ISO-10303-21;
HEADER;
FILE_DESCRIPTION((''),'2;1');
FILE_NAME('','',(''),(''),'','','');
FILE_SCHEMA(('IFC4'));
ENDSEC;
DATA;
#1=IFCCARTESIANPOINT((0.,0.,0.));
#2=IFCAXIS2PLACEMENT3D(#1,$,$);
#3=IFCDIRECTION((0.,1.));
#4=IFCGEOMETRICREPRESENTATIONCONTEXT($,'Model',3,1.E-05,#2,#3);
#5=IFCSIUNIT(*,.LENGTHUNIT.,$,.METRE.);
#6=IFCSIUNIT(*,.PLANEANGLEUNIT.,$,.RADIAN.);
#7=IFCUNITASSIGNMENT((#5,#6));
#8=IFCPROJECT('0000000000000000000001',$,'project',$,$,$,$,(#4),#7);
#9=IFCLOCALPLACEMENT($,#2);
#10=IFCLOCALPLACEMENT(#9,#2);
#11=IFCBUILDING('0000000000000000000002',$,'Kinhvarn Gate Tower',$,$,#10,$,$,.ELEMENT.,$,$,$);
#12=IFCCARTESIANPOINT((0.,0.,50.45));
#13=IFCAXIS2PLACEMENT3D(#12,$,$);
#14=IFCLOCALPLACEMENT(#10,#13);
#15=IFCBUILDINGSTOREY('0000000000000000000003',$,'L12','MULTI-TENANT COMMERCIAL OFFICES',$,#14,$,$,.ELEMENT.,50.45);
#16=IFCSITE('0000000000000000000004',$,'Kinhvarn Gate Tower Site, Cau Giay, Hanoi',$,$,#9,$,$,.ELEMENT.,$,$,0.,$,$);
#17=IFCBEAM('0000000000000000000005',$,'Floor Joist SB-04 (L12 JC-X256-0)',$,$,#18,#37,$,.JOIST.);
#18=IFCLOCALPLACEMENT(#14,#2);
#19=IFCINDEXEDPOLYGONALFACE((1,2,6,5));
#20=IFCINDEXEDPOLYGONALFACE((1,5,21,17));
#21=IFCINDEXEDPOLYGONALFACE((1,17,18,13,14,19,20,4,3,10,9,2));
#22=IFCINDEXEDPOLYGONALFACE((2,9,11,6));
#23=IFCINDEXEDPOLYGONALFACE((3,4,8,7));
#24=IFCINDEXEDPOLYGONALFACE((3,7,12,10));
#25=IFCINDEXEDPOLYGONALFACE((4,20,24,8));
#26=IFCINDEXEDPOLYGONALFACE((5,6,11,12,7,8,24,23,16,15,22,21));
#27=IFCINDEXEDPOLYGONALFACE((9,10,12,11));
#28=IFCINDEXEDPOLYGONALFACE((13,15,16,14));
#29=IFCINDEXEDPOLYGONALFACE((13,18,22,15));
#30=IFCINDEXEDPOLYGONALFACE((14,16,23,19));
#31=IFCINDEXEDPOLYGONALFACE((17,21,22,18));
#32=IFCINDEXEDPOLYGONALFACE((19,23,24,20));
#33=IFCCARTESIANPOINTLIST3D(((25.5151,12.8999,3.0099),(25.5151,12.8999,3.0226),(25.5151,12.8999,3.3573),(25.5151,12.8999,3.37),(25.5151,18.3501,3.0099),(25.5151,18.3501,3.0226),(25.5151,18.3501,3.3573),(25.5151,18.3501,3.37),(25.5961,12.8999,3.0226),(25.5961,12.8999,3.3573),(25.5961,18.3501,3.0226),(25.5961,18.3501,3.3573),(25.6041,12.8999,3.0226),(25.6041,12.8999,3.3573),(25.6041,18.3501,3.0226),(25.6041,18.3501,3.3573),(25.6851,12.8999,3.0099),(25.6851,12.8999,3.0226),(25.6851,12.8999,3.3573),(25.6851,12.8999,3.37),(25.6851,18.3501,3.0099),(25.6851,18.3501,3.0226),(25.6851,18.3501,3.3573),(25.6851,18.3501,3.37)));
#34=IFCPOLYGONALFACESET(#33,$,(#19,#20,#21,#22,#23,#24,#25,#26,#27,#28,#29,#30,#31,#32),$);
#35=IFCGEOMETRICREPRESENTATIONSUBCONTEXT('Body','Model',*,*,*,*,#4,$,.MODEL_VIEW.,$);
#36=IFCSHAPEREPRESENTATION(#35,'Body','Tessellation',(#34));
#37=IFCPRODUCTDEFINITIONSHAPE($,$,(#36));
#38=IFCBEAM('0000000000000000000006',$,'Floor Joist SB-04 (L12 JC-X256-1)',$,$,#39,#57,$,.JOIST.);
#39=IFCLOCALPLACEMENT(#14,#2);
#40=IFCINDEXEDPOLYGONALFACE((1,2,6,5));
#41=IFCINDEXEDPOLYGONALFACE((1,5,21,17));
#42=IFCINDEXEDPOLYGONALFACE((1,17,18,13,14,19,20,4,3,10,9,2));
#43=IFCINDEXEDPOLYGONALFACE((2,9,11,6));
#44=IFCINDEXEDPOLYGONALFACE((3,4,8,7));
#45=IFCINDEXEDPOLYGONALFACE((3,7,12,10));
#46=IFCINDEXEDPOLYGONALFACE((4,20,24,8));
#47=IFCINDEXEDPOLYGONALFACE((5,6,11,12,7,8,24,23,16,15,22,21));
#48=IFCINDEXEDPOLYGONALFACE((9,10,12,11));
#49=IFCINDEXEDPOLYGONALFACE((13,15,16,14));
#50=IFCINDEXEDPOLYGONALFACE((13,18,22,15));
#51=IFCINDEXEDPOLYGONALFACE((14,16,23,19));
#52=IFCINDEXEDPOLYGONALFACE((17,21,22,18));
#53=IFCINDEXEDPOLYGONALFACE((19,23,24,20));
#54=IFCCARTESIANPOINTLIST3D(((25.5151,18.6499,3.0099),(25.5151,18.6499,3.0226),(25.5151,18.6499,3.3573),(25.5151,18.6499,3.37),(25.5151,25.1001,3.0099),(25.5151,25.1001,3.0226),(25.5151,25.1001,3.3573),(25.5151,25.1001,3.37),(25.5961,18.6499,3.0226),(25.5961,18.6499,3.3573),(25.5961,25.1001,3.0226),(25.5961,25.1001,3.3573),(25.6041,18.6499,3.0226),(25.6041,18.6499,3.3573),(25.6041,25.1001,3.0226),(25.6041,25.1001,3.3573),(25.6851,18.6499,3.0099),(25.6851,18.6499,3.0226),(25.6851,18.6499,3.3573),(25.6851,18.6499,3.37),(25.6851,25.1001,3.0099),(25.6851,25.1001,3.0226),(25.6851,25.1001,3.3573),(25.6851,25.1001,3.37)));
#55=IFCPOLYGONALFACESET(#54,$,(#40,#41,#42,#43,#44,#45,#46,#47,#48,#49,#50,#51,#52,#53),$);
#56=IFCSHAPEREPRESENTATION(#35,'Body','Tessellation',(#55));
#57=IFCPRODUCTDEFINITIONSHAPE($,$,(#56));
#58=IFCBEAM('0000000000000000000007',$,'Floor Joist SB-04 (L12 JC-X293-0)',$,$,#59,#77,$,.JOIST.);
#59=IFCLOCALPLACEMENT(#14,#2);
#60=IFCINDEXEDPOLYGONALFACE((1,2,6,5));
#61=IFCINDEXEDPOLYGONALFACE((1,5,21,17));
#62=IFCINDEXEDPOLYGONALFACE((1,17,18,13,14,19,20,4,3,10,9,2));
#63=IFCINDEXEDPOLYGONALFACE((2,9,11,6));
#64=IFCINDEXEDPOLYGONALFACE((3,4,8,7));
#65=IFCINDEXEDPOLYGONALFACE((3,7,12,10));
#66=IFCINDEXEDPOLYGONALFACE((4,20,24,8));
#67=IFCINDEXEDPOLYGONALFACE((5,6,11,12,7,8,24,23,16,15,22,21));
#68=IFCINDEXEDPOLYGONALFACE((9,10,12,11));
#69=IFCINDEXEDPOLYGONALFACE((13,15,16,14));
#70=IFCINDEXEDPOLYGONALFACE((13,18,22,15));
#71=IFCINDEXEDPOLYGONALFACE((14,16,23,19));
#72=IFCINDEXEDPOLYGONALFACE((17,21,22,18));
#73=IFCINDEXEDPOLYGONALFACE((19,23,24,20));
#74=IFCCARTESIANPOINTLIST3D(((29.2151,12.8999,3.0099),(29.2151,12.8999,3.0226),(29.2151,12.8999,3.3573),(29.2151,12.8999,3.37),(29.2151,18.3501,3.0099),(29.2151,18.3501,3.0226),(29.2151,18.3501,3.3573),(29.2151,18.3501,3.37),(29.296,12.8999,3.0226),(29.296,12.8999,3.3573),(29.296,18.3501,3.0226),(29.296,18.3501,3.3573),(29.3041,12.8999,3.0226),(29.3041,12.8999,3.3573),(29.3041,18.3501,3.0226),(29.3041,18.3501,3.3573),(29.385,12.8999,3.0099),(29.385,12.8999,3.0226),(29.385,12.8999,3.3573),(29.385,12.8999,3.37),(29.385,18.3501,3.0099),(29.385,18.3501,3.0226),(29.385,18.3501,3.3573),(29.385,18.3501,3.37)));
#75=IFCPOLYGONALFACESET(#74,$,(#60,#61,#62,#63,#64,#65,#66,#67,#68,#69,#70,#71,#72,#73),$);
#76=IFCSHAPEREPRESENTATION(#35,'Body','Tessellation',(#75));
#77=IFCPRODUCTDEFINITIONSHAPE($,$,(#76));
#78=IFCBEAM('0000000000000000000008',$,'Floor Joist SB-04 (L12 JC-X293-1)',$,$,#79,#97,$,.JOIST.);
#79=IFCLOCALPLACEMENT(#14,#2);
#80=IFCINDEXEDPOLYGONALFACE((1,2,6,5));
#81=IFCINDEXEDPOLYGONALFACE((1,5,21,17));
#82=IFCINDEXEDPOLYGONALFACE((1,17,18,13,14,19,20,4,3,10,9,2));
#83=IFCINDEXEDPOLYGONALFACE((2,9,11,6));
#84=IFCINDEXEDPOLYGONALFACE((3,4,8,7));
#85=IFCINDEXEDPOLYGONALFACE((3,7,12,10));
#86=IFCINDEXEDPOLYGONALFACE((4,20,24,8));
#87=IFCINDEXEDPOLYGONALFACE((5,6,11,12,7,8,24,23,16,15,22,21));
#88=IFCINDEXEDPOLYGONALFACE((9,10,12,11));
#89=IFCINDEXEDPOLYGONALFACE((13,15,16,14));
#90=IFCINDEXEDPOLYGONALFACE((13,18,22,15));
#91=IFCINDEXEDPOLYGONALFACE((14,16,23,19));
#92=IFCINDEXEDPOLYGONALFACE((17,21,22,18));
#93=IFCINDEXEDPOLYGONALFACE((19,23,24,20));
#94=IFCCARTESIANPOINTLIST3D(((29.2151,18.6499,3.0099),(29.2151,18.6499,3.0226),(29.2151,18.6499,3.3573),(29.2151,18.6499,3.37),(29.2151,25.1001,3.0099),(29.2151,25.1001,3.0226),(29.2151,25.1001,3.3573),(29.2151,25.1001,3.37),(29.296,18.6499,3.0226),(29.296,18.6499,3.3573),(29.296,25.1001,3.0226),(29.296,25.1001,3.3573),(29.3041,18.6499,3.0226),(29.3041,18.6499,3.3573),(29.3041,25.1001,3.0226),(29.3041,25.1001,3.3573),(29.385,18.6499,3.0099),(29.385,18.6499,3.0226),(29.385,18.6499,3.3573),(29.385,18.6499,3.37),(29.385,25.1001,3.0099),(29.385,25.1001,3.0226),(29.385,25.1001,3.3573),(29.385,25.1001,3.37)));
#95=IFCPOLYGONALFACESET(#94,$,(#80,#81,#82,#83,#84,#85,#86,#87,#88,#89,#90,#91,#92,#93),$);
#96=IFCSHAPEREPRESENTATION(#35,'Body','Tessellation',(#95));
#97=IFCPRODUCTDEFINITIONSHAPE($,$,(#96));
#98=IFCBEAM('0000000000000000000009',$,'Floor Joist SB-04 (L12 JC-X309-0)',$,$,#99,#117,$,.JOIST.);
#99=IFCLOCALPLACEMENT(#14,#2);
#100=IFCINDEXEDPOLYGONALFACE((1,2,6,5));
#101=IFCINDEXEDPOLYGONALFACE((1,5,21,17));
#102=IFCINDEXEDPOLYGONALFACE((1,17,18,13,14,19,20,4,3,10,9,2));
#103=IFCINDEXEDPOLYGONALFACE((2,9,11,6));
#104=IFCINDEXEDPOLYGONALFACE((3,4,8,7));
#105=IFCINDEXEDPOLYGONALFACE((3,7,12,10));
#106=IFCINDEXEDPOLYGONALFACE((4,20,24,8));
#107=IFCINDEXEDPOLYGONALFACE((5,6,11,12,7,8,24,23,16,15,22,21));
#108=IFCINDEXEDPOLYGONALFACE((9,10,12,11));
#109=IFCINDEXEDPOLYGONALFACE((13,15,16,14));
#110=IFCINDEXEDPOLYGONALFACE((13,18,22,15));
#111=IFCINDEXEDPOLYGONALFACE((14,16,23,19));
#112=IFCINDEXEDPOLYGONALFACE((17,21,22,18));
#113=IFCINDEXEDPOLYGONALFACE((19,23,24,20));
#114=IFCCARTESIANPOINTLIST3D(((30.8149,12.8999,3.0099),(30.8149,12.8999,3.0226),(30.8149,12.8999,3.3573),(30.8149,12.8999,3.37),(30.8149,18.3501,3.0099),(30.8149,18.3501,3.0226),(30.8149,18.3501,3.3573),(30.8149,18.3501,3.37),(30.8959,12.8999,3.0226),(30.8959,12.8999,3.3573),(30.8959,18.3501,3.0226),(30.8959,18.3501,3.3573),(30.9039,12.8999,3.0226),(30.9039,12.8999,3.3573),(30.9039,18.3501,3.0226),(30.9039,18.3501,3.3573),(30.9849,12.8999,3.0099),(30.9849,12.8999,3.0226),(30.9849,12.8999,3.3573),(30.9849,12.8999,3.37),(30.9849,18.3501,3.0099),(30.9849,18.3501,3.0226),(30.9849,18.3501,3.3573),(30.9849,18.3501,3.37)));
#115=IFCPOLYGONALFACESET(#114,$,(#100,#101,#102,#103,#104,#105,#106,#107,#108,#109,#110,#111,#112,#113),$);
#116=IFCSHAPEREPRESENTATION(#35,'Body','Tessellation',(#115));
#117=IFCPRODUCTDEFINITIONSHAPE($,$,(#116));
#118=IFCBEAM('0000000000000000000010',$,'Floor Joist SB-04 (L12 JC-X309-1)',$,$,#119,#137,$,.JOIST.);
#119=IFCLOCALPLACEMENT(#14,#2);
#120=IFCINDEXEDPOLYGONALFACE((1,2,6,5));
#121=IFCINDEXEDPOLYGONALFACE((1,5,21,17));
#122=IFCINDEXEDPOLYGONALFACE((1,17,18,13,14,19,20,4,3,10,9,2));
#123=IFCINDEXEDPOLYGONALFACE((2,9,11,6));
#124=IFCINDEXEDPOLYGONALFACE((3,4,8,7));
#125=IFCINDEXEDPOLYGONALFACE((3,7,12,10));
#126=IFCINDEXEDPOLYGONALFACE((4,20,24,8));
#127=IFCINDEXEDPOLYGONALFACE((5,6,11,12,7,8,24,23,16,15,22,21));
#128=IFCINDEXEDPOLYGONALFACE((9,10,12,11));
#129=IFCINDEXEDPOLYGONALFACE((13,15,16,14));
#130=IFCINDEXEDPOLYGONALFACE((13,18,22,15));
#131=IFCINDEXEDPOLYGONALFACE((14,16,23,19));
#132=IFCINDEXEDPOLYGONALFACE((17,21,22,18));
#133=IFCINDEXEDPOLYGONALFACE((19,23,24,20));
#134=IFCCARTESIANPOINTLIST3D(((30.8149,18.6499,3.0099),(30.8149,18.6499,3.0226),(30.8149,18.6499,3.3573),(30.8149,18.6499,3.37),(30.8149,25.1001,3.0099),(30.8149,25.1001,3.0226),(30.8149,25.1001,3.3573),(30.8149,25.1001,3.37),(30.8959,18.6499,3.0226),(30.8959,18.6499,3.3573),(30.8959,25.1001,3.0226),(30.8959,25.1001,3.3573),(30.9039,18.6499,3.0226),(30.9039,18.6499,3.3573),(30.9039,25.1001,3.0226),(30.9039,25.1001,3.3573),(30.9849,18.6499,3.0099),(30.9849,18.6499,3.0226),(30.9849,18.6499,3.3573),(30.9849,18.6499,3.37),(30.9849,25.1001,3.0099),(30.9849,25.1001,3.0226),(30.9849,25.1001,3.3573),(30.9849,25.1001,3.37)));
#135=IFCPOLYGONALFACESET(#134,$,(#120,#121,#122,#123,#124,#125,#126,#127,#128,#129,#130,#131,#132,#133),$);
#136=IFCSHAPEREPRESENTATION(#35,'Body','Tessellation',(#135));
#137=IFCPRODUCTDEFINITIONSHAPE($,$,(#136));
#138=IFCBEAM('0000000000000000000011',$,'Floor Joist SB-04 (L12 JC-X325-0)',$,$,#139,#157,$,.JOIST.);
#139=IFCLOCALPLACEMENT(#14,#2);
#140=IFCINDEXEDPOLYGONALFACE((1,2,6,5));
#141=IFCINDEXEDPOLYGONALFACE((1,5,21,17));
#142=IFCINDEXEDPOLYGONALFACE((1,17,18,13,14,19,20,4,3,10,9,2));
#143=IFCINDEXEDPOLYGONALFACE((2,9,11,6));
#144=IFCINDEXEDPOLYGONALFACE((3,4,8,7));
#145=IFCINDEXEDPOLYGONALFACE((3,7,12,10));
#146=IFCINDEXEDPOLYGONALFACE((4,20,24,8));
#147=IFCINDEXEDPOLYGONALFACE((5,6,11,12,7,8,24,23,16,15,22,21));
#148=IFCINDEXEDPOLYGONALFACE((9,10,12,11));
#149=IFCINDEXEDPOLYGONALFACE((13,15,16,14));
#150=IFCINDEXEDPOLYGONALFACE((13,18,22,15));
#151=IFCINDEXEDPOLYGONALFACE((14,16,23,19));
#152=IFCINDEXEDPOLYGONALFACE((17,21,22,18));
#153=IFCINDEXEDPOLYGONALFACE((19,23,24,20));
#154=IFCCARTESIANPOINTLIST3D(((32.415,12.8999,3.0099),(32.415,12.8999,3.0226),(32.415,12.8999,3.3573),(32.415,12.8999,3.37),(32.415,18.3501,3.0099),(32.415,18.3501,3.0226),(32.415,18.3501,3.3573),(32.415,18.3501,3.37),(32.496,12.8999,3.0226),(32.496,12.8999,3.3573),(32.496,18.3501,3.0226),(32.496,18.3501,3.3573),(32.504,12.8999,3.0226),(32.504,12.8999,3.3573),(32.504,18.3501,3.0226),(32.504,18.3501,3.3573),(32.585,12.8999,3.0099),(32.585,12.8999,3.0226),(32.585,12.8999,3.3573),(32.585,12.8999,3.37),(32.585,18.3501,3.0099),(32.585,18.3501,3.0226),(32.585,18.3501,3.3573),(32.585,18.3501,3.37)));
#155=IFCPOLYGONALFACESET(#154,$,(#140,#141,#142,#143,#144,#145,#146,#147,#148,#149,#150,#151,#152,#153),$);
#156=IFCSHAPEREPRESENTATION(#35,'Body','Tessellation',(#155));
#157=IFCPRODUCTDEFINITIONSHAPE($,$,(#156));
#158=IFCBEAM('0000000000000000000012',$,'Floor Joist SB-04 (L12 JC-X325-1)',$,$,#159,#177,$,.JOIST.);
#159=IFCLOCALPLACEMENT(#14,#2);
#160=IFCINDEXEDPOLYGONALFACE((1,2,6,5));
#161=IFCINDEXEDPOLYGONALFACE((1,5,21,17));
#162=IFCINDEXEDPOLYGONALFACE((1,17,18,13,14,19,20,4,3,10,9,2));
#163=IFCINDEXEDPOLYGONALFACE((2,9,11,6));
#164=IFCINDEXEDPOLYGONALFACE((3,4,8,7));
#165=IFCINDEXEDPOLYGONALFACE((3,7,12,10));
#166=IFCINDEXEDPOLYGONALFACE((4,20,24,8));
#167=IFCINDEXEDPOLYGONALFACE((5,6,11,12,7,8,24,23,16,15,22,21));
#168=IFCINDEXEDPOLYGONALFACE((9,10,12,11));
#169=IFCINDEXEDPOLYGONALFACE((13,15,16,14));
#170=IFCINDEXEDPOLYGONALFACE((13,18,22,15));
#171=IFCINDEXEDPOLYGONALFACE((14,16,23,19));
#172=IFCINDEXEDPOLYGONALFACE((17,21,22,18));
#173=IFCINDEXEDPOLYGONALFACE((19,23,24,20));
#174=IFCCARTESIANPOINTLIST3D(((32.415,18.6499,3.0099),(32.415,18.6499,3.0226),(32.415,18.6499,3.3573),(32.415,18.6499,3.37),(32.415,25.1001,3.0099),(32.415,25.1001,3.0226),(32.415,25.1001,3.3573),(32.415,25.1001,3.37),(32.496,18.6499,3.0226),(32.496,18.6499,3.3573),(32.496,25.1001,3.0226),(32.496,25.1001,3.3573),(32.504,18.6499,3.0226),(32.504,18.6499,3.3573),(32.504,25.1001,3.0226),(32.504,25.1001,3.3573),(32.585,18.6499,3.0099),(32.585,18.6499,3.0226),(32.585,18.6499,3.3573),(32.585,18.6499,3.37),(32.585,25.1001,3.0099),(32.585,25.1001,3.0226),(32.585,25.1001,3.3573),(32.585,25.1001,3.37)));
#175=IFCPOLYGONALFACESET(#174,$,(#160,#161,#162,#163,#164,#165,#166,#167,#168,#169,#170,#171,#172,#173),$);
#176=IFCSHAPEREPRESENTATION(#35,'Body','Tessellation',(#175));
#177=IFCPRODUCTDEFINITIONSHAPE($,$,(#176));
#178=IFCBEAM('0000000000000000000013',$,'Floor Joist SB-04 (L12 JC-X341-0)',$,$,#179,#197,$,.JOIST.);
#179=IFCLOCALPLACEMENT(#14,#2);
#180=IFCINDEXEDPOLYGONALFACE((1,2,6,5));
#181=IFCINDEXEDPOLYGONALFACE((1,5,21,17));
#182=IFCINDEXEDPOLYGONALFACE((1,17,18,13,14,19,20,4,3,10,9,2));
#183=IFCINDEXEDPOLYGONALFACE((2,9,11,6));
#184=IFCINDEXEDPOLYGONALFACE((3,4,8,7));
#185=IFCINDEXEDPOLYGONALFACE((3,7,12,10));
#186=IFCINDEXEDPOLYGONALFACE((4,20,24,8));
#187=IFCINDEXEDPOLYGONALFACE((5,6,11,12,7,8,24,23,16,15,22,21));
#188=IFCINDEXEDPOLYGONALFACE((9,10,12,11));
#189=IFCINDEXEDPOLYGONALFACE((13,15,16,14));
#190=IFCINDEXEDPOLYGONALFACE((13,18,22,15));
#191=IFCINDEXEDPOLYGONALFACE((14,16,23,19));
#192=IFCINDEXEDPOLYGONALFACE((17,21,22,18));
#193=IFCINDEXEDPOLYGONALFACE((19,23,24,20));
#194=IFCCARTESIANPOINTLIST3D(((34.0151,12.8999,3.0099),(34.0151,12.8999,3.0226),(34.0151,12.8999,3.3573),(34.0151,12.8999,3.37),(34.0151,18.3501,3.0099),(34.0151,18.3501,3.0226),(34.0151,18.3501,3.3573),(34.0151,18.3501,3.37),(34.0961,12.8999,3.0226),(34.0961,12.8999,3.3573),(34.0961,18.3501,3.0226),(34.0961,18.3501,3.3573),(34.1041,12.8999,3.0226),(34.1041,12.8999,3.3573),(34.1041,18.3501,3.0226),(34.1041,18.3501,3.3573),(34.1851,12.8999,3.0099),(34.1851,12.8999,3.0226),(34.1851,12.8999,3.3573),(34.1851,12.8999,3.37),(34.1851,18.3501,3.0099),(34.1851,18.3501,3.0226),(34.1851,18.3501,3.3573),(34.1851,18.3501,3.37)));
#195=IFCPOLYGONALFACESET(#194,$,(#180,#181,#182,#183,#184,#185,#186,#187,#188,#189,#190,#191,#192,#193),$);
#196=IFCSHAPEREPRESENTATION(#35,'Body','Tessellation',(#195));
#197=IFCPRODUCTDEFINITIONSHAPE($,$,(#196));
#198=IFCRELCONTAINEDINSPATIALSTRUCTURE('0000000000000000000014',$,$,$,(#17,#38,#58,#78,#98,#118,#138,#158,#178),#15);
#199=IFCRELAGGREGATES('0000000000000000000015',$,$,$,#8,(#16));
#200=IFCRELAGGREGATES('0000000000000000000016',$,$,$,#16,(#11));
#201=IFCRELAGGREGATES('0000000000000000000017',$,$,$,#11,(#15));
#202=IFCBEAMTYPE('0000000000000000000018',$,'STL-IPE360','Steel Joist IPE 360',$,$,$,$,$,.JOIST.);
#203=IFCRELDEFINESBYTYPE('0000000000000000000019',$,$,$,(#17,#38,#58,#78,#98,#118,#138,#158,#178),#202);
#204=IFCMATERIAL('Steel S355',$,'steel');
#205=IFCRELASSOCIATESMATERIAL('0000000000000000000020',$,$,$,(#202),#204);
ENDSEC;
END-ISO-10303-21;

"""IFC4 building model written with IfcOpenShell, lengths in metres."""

from ifc_helpers import new_model, si_unit, direction, frame, origin, origin_2d, place, context, subcontext, project, spatial, i_section, extrude, material, material_profile, profile_set, type_object, element, save


model = new_model("IFC4")

# Units and contexts
model_context = context("Model", 3, precision=1e-05, world=origin(), true_north=direction((0.0, 1.0)))
body_context = subcontext(model_context, "Body", "Model", "MODEL_VIEW")
ifc_project = project(units=[si_unit("LENGTHUNIT", "METRE"), si_unit("PLANEANGLEUNIT", "RADIAN")], contexts=[model_context])

# Site, building, storey
site_placement = place(None, origin())
site = spatial("IfcSite", under=ifc_project, at=site_placement, Name="Kinhvarn Gate Tower Site, Cau Giay, Hanoi", CompositionType="ELEMENT", RefElevation=0.0)
building_placement = place(site_placement, origin())
building = spatial("IfcBuilding", under=site, at=building_placement, Name="Kinhvarn Gate Tower", CompositionType="ELEMENT")
storey_placement = place(building_placement, frame((0.0, 0.0, 50.45)))
storey = spatial("IfcBuildingStorey", under=building, at=storey_placement, Name="L12", Description="MULTI-TENANT COMMERCIAL OFFICES", CompositionType="ELEMENT", Elevation=50.45)

# Beams
ifc_material_1 = material(Name="Steel S355", Category="steel")
ifc_material_profile_1 = material_profile(ifc_material_1, i_section(OverallWidth=0.1699, OverallDepth=0.3601, WebThickness=0.0081, FlangeThickness=0.0127, at=origin_2d()), Name="IPE 360")
ifc_profile_set_1 = profile_set([ifc_material_profile_1], Name="Steel S355")
beam_type_1 = type_object("IfcBeamType", Name="STL-IPE360", Description="Steel Joist IPE 360", PredefinedType="JOIST", material=ifc_profile_set_1)
beam_1_placement = place(storey_placement, frame((25.6001, 12.8999, 3.1899), z_axis=(0.0, 1.0, 0.0), x_axis=(-1.0, 0.0, 0.0)))
element("IfcBeam", 1, at=beam_1_placement, inside=storey, type_object=beam_type_1, Name="Floor Joist SB-04 (L12 JC-X256-0)", PredefinedType="JOIST", context=body_context, shape_type="SweptSolid", body=[
    extrude(i_section(OverallWidth=0.1699, OverallDepth=0.3601, WebThickness=0.0081, FlangeThickness=0.0127, at=origin_2d()), origin(), (0.0, 0.0, 1.0), 5.4502),
])
beam_2_placement = place(storey_placement, frame((25.6001, 18.6499, 3.1899), z_axis=(0.0, 1.0, 0.0), x_axis=(-1.0, 0.0, 0.0)))
element("IfcBeam", 2, at=beam_2_placement, inside=storey, type_object=beam_type_1, Name="Floor Joist SB-04 (L12 JC-X256-1)", PredefinedType="JOIST", context=body_context, shape_type="SweptSolid", body=[
    extrude(i_section(OverallWidth=0.1699, OverallDepth=0.3601, WebThickness=0.0081, FlangeThickness=0.0127, at=origin_2d()), origin(), (0.0, 0.0, 1.0), 6.4502),
])
beam_3_placement = place(storey_placement, frame((29.3, 12.8999, 3.1899), z_axis=(0.0, 1.0, 0.0), x_axis=(-1.0, 0.0, 0.0)))
element("IfcBeam", 3, at=beam_3_placement, inside=storey, type_object=beam_type_1, Name="Floor Joist SB-04 (L12 JC-X293-0)", PredefinedType="JOIST", context=body_context, shape_type="SweptSolid", body=[
    extrude(i_section(OverallWidth=0.1699, OverallDepth=0.3601, WebThickness=0.0081, FlangeThickness=0.0127, at=origin_2d()), origin(), (0.0, 0.0, 1.0), 5.4502),
])
beam_4_placement = place(storey_placement, frame((29.3, 18.6499, 3.1899), z_axis=(0.0, 1.0, 0.0), x_axis=(-1.0, 0.0, 0.0)))
element("IfcBeam", 4, at=beam_4_placement, inside=storey, type_object=beam_type_1, Name="Floor Joist SB-04 (L12 JC-X293-1)", PredefinedType="JOIST", context=body_context, shape_type="SweptSolid", body=[
    extrude(i_section(OverallWidth=0.1699, OverallDepth=0.3601, WebThickness=0.0081, FlangeThickness=0.0127, at=origin_2d()), origin(), (0.0, 0.0, 1.0), 6.4502),
])
beam_5_placement = place(storey_placement, frame((30.8999, 12.8999, 3.1899), z_axis=(0.0, 1.0, 0.0), x_axis=(-1.0, 0.0, 0.0)))
element("IfcBeam", 5, at=beam_5_placement, inside=storey, type_object=beam_type_1, Name="Floor Joist SB-04 (L12 JC-X309-0)", PredefinedType="JOIST", context=body_context, shape_type="SweptSolid", body=[
    extrude(i_section(OverallWidth=0.1699, OverallDepth=0.3601, WebThickness=0.0081, FlangeThickness=0.0127, at=origin_2d()), origin(), (0.0, 0.0, 1.0), 5.4502),
])
beam_6_placement = place(storey_placement, frame((30.8999, 18.6499, 3.1899), z_axis=(0.0, 1.0, 0.0), x_axis=(-1.0, 0.0, 0.0)))
element("IfcBeam", 6, at=beam_6_placement, inside=storey, type_object=beam_type_1, Name="Floor Joist SB-04 (L12 JC-X309-1)", PredefinedType="JOIST", context=body_context, shape_type="SweptSolid", body=[
    extrude(i_section(OverallWidth=0.1699, OverallDepth=0.3601, WebThickness=0.0081, FlangeThickness=0.0127, at=origin_2d()), origin(), (0.0, 0.0, 1.0), 6.4502),
])
beam_7_placement = place(storey_placement, frame((32.5, 12.8999, 3.1899), z_axis=(0.0, 1.0, 0.0), x_axis=(-1.0, 0.0, 0.0)))
element("IfcBeam", 7, at=beam_7_placement, inside=storey, type_object=beam_type_1, Name="Floor Joist SB-04 (L12 JC-X325-0)", PredefinedType="JOIST", context=body_context, shape_type="SweptSolid", body=[
    extrude(i_section(OverallWidth=0.1699, OverallDepth=0.3601, WebThickness=0.0081, FlangeThickness=0.0127, at=origin_2d()), origin(), (0.0, 0.0, 1.0), 5.4502),
])
beam_8_placement = place(storey_placement, frame((32.5, 18.6499, 3.1899), z_axis=(0.0, 1.0, 0.0), x_axis=(-1.0, 0.0, 0.0)))
element("IfcBeam", 8, at=beam_8_placement, inside=storey, type_object=beam_type_1, Name="Floor Joist SB-04 (L12 JC-X325-1)", PredefinedType="JOIST", context=body_context, shape_type="SweptSolid", body=[
    extrude(i_section(OverallWidth=0.1699, OverallDepth=0.3601, WebThickness=0.0081, FlangeThickness=0.0127, at=origin_2d()), origin(), (0.0, 0.0, 1.0), 6.4502),
])
beam_9_placement = place(storey_placement, frame((34.1001, 12.8999, 3.1899), z_axis=(0.0, 1.0, 0.0), x_axis=(-1.0, 0.0, 0.0)))
element("IfcBeam", 9, at=beam_9_placement, inside=storey, type_object=beam_type_1, Name="Floor Joist SB-04 (L12 JC-X341-0)", PredefinedType="JOIST", context=body_context, shape_type="SweptSolid", body=[
    extrude(i_section(OverallWidth=0.1699, OverallDepth=0.3601, WebThickness=0.0081, FlangeThickness=0.0127, at=origin_2d()), origin(), (0.0, 0.0, 1.0), 5.4502),
])

save(model, "model.ifc")
